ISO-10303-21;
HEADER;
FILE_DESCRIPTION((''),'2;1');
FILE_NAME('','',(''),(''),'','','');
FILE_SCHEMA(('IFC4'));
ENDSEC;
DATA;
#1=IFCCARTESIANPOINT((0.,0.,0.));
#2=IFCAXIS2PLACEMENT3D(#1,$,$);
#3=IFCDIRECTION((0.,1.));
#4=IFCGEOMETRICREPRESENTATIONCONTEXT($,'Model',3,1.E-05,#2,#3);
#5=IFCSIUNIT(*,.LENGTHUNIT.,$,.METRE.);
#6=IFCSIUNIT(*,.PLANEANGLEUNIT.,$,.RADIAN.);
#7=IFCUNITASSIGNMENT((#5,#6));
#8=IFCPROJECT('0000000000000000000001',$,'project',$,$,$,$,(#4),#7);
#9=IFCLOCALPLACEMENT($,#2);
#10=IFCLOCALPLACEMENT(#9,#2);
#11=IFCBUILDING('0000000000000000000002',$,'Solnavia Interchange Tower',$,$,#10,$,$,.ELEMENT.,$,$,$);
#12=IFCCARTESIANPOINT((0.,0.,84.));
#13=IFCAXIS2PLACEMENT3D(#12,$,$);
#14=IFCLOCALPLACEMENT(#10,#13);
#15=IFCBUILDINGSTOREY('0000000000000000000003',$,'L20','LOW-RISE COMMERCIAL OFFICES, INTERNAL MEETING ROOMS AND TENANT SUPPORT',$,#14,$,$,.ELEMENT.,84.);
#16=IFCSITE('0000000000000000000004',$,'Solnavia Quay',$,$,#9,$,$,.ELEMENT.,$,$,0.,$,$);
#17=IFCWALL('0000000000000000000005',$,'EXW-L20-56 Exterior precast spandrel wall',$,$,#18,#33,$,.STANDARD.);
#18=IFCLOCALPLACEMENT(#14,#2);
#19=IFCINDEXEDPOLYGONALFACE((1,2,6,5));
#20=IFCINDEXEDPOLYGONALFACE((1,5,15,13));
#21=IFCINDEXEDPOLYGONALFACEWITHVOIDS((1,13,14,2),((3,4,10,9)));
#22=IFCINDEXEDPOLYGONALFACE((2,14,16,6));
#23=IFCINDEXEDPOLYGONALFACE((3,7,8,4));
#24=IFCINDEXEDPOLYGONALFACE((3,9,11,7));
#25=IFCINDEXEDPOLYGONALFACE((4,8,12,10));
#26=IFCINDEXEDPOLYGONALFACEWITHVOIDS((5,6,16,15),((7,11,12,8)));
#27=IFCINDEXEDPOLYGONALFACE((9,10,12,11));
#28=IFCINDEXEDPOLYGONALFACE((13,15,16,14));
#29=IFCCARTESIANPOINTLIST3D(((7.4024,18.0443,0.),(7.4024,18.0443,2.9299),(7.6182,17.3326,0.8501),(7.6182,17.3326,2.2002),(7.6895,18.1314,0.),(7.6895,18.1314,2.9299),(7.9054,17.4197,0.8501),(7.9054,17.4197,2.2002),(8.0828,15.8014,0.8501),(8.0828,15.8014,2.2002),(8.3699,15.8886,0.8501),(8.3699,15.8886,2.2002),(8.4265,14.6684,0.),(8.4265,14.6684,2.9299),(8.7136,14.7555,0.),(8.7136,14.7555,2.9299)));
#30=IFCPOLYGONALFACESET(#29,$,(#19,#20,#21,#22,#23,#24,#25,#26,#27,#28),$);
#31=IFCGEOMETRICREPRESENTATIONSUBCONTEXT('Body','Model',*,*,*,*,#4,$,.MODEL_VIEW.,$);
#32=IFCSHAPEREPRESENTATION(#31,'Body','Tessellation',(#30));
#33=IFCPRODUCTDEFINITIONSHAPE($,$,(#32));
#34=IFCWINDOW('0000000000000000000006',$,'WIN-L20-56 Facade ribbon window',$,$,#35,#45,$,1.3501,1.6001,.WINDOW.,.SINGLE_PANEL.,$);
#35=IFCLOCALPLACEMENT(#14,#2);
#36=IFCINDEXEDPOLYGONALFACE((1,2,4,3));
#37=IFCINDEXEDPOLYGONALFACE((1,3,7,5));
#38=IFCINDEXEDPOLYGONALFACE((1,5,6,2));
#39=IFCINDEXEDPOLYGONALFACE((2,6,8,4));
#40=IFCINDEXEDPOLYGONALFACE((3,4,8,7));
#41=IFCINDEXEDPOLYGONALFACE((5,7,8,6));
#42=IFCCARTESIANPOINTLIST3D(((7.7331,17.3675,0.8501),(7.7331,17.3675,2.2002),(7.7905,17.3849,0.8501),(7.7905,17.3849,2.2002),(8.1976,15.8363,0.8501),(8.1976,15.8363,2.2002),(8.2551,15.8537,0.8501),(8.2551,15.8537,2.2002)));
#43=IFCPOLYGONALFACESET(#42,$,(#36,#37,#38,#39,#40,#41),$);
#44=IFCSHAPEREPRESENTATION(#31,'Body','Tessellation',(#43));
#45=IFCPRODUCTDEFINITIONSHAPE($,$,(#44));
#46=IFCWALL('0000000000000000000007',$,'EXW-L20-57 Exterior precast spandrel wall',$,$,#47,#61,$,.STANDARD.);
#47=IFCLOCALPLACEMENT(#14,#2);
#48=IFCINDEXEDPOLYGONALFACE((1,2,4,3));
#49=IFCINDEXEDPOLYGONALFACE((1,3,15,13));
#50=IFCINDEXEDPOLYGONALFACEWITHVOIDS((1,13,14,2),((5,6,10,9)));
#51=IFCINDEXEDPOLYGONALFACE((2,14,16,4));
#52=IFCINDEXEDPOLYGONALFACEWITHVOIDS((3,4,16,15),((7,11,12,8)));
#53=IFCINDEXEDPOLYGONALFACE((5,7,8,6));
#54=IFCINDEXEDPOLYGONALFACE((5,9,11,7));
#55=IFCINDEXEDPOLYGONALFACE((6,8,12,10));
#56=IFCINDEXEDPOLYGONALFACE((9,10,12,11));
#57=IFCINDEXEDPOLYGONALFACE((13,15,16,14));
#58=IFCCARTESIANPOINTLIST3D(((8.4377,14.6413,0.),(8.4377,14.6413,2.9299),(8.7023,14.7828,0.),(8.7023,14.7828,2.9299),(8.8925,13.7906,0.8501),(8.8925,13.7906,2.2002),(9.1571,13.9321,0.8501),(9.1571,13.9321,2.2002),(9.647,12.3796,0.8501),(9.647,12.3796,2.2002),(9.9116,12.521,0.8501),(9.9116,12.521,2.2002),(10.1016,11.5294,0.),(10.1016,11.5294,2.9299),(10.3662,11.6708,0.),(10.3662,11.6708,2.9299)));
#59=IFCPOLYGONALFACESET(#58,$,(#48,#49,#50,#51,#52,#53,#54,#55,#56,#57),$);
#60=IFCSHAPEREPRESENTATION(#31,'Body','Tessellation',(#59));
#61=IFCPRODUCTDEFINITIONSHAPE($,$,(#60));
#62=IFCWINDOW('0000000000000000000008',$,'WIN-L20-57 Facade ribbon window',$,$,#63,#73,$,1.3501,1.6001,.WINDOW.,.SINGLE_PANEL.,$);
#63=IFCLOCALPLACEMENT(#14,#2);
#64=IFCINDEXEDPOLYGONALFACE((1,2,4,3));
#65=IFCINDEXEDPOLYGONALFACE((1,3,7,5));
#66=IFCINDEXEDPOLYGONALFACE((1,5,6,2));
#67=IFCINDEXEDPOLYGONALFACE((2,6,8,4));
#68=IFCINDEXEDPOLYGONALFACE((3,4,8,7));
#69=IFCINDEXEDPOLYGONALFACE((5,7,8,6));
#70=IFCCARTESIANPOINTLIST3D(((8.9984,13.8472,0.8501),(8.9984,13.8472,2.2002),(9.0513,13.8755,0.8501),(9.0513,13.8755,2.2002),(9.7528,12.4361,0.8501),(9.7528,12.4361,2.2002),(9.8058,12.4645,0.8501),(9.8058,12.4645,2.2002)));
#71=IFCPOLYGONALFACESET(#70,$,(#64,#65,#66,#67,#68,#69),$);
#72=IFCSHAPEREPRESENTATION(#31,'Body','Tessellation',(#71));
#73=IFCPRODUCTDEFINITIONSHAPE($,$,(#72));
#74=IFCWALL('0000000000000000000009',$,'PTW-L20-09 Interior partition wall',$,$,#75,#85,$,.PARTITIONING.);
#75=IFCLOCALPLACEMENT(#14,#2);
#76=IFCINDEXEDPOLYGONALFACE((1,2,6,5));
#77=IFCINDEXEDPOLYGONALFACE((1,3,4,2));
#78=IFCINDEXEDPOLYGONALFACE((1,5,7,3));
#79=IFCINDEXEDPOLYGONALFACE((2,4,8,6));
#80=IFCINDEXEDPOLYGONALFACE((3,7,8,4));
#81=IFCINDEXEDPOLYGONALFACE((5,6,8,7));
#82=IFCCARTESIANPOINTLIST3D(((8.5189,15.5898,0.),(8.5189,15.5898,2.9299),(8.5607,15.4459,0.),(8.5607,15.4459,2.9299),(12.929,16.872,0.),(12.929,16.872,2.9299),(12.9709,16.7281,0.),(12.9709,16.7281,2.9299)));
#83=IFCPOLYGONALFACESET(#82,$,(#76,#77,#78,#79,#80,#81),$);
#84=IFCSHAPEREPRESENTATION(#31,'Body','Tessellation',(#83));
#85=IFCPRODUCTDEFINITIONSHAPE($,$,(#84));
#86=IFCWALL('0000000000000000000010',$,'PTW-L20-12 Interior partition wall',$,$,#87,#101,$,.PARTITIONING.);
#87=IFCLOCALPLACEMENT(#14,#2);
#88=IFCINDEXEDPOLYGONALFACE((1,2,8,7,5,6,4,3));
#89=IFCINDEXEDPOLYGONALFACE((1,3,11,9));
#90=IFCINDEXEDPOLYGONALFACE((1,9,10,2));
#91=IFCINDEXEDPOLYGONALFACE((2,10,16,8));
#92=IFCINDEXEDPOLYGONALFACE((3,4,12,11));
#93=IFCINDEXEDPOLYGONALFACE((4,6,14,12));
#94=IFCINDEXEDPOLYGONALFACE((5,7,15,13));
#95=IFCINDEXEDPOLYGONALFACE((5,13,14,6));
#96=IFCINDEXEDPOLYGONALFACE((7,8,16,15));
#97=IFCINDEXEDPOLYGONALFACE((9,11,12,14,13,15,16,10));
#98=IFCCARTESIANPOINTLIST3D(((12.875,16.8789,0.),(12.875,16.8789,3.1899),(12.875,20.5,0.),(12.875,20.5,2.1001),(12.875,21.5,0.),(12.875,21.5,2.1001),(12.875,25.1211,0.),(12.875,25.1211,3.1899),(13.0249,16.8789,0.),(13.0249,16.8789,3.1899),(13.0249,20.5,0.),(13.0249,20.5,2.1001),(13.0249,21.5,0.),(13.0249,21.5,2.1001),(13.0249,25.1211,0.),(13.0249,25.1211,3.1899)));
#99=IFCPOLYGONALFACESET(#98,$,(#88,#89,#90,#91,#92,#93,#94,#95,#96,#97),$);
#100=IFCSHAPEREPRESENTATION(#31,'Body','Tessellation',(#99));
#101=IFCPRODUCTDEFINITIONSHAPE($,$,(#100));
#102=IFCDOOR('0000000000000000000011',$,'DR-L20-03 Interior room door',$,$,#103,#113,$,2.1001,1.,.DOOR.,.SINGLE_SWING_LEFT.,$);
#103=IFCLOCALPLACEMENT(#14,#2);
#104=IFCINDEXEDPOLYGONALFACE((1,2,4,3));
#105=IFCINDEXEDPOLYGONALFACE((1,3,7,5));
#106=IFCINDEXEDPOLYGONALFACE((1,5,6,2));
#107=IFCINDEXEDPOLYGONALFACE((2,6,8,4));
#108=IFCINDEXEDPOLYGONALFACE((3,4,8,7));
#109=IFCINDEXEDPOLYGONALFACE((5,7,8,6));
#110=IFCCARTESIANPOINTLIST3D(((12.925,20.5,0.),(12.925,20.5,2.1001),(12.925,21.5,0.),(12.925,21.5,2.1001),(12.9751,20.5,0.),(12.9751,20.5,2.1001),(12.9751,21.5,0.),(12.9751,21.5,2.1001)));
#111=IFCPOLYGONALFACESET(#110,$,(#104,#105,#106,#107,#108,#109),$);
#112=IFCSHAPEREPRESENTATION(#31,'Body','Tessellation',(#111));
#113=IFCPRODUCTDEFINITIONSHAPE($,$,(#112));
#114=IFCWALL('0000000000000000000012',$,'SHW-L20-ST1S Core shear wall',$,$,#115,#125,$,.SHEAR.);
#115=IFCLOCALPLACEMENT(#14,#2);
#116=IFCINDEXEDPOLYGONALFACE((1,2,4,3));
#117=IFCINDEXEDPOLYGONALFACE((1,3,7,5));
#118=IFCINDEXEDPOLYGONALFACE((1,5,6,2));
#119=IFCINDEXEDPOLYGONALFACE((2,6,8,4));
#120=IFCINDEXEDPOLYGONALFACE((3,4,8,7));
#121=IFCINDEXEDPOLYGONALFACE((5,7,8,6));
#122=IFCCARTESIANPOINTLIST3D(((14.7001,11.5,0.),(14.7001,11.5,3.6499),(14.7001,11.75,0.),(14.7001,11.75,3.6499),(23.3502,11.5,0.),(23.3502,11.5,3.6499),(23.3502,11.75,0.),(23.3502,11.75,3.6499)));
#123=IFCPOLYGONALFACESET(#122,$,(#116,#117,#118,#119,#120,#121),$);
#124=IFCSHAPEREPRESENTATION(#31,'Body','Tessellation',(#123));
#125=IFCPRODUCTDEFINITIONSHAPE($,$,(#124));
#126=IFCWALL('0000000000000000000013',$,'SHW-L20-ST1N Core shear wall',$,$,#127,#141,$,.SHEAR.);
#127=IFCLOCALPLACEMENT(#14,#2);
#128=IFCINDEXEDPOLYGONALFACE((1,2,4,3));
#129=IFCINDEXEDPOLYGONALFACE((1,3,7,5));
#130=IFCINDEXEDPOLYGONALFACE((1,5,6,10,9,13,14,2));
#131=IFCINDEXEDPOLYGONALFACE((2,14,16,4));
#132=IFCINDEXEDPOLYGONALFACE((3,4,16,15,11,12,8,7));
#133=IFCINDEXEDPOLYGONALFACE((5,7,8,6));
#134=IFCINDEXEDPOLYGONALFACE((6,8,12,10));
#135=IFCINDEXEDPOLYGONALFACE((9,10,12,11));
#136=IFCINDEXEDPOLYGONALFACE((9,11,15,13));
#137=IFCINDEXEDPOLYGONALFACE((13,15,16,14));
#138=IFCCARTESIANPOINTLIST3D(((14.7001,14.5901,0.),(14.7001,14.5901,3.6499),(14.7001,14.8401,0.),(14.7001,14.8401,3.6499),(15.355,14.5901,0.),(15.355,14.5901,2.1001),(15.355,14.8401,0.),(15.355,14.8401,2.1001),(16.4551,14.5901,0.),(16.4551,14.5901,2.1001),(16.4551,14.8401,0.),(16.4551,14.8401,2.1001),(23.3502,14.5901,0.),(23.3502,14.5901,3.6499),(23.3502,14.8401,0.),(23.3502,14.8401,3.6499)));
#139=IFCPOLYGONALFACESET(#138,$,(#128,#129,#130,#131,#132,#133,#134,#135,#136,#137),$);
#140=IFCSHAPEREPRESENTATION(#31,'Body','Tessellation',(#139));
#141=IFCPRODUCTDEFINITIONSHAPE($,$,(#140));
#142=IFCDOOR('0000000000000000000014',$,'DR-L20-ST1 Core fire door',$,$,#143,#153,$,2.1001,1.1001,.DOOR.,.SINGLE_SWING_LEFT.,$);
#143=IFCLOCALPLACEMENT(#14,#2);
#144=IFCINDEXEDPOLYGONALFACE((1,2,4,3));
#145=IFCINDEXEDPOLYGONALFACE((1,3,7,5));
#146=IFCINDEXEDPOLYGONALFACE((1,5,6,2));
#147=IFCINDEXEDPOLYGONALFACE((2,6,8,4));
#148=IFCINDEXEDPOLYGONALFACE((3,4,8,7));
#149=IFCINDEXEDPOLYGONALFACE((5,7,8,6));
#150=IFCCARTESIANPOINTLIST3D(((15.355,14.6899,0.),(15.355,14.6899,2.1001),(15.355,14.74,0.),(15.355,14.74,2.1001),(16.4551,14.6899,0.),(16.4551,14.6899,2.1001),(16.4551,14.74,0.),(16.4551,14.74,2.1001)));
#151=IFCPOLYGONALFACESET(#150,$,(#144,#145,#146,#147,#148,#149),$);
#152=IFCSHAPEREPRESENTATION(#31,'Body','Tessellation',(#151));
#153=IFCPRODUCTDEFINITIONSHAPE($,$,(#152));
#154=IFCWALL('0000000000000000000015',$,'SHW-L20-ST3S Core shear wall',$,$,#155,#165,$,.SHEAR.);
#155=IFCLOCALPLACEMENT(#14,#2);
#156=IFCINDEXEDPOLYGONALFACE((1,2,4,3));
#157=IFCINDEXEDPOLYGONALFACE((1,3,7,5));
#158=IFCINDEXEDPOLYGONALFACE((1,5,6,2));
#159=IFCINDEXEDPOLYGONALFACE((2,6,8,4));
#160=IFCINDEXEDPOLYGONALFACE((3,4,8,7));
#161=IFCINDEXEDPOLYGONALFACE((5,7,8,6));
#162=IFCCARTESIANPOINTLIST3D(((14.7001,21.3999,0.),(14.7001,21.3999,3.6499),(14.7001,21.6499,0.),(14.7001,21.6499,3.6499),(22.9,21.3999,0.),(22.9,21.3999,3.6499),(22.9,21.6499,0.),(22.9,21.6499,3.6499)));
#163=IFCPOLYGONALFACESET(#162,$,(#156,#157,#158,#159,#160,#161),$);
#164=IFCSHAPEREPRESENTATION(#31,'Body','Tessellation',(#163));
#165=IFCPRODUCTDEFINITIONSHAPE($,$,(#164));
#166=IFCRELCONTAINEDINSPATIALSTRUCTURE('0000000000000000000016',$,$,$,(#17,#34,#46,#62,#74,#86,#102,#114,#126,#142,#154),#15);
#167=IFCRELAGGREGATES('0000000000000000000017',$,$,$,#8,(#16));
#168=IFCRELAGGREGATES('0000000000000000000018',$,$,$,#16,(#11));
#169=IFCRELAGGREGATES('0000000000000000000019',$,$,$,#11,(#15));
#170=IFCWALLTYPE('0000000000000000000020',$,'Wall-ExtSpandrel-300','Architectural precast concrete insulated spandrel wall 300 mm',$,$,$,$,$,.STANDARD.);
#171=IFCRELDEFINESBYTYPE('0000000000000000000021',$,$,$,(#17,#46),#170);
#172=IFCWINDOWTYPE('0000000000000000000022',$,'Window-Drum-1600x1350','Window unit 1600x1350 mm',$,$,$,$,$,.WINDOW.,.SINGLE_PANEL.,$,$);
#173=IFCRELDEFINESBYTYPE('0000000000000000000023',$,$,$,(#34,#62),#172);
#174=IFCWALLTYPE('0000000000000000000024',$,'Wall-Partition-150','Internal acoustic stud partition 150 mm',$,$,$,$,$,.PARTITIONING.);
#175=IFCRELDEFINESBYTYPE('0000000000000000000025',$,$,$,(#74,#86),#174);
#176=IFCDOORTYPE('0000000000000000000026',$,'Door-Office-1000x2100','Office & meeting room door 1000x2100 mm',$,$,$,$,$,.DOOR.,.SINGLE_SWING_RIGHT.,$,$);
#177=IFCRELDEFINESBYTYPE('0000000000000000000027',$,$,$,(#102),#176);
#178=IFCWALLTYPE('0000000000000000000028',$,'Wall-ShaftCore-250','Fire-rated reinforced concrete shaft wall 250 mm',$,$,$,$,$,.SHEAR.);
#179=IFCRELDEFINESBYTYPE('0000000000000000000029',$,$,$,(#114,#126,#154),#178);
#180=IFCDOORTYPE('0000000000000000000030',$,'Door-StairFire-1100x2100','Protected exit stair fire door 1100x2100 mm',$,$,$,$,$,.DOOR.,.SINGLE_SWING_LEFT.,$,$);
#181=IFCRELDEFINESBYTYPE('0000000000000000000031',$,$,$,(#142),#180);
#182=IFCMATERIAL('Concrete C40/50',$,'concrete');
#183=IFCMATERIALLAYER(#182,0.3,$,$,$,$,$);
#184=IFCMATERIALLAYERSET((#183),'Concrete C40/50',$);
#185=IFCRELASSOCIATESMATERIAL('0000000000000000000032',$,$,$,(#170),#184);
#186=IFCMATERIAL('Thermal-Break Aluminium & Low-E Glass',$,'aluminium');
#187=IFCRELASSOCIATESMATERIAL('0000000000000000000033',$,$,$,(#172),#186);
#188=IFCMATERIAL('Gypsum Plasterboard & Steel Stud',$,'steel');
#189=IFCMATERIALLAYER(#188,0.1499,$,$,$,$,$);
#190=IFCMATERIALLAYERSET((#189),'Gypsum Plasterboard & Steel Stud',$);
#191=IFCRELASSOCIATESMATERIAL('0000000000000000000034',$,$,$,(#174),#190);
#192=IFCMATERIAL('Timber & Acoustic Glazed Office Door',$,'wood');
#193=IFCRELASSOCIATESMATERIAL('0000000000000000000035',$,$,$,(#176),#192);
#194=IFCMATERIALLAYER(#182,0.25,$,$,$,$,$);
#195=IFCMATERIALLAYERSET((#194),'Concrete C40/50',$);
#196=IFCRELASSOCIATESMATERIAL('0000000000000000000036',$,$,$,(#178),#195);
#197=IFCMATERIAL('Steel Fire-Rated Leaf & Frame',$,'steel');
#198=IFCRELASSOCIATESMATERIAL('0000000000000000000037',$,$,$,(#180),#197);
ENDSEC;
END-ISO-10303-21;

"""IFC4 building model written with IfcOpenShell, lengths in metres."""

from ifc_helpers import new_model, si_unit, direction, frame, frame_2d, origin, place, context, subcontext, project, spatial, rectangle, extrude, material, layer, layer_set, type_object, element, fill, save


model = new_model("IFC4")

# Units and contexts
model_context = context("Model", 3, precision=1e-05, world=origin(), true_north=direction((0.0, 1.0)))
body_context = subcontext(model_context, "Body", "Model", "MODEL_VIEW")
ifc_project = project(units=[si_unit("LENGTHUNIT", "METRE"), si_unit("PLANEANGLEUNIT", "RADIAN")], contexts=[model_context])

# Site, building, storey
site_placement = place(None, origin())
site = spatial("IfcSite", under=ifc_project, at=site_placement, Name="Solnavia Quay", CompositionType="ELEMENT", RefElevation=0.0)
building_placement = place(site_placement, origin())
building = spatial("IfcBuilding", under=site, at=building_placement, Name="Solnavia Interchange Tower", CompositionType="ELEMENT")
storey_placement = place(building_placement, frame((0.0, 0.0, 84.0)))
storey = spatial("IfcBuildingStorey", under=building, at=storey_placement, Name="L20", Description="LOW-RISE COMMERCIAL OFFICES, INTERNAL MEETING ROOMS AND TENANT SUPPORT", CompositionType="ELEMENT", Elevation=84.0)

# Shared definitions
ifc_material_1 = material(Name="Concrete C40/50", Category="concrete")
ifc_layer_1 = layer(ifc_material_1, 0.3)
ifc_layer_set_1 = layer_set([ifc_layer_1], Name="Concrete C40/50")
wall_type_1 = type_object("IfcWallType", Name="Wall-ExtSpandrel-300", Description="Architectural precast concrete insulated spandrel wall 300 mm", PredefinedType="STANDARD", material=ifc_layer_set_1)

# Walls, openings, windows
ifc_material_2 = material(Name="Thermal-Break Aluminium & Low-E Glass", Category="aluminium")
window_type = type_object("IfcWindowType", Name="Window-Drum-1600x1350", Description="Window unit 1600x1350 mm", PartitioningType="SINGLE_PANEL", PredefinedType="WINDOW", material=ifc_material_2)
wall_1_placement = place(storey_placement, frame((8.5701, 14.7119, 0.0), z_axis=(0.0, 0.0, 1.0), x_axis=(-0.290305, 0.956934, 0.0)))
wall_1 = element("IfcWall", 1, at=wall_1_placement, inside=storey, type_object=wall_type_1, Name="EXW-L20-56 Exterior precast spandrel wall", PredefinedType="STANDARD", context=body_context, shape_type="SweptSolid", body=[
    extrude(rectangle(XDim=3.5278, YDim=0.3, at=frame_2d((1.7639, 0.0))), origin(), (0.0, 0.0, 1.0), 2.9299),
])
opening_1_placement = place(wall_1_placement, frame((1.1841, 0.0, 0.8501)))
opening_1 = element("IfcOpeningElement", 2, at=opening_1_placement, cuts=wall_1, PredefinedType="OPENING", context=body_context, shape_type="SweptSolid", body=[
    extrude(rectangle(XDim=1.6001, YDim=1.3501, at=frame_2d((0.8, 0.675))), frame((0.0, 0.1602, 0.0), z_axis=(0.0, -1.0, 0.0), x_axis=(1.0, 0.0, 0.0)), (0.0, 0.0, 1.0), 0.3201),
])
window_1_placement = place(opening_1_placement, origin())
window_1 = element("IfcWindow", 3, at=window_1_placement, inside=storey, type_object=window_type, Name="WIN-L20-56 Facade ribbon window", OverallHeight=1.3501, OverallWidth=1.6001, PartitioningType="SINGLE_PANEL", PredefinedType="WINDOW", context=body_context, shape_type="SweptSolid", body=[
    extrude(rectangle(XDim=1.6001, YDim=1.3501, at=frame_2d((0.8, 0.675))), frame((0.0, 0.03, 0.0), z_axis=(0.0, -1.0, 0.0), x_axis=(1.0, 0.0, 0.0)), (0.0, 0.0, 1.0), 0.0601),
])
fill(opening_1, window_1)
wall_2_placement = place(storey_placement, frame((10.2339, 11.6001, 0.0), z_axis=(0.0, 0.0, 1.0), x_axis=(-0.471511, 0.88186, 0.0)))
wall_2 = element("IfcWall", 4, at=wall_2_placement, inside=storey, type_object=wall_type_1, Name="EXW-L20-57 Exterior precast spandrel wall", PredefinedType="STANDARD", context=body_context, shape_type="SweptSolid", body=[
    extrude(rectangle(XDim=3.5288, YDim=0.3, at=frame_2d((1.7644, 0.0))), origin(), (0.0, 0.0, 1.0), 2.9299),
])
opening_2_placement = place(wall_2_placement, frame((0.9641, 0.0, 0.8501)))
opening_2 = element("IfcOpeningElement", 5, at=opening_2_placement, cuts=wall_2, PredefinedType="OPENING", context=body_context, shape_type="SweptSolid", body=[
    extrude(rectangle(XDim=1.6001, YDim=1.3501, at=frame_2d((0.8, 0.675))), frame((0.0, 0.1602, 0.0), z_axis=(0.0, -1.0, 0.0), x_axis=(1.0, 0.0, 0.0)), (0.0, 0.0, 1.0), 0.3201),
])
window_2_placement = place(opening_2_placement, origin())
window_2 = element("IfcWindow", 6, at=window_2_placement, inside=storey, type_object=window_type, Name="WIN-L20-57 Facade ribbon window", OverallHeight=1.3501, OverallWidth=1.6001, PartitioningType="SINGLE_PANEL", PredefinedType="WINDOW", context=body_context, shape_type="SweptSolid", body=[
    extrude(rectangle(XDim=1.6001, YDim=1.3501, at=frame_2d((0.8, 0.675))), frame((0.0, 0.03, 0.0), z_axis=(0.0, -1.0, 0.0), x_axis=(1.0, 0.0, 0.0)), (0.0, 0.0, 1.0), 0.0601),
])
fill(opening_2, window_2)

# Wall
ifc_material_3 = material(Name="Gypsum Plasterboard & Steel Stud", Category="steel")
ifc_layer_2 = layer(ifc_material_3, 0.1499)
ifc_layer_set_2 = layer_set([ifc_layer_2], Name="Gypsum Plasterboard & Steel Stud")
wall_type_2 = type_object("IfcWallType", Name="Wall-Partition-150", Description="Internal acoustic stud partition 150 mm", PredefinedType="PARTITIONING", material=ifc_layer_set_2)
wall_3_placement = place(storey_placement, frame((12.95, 16.8, 0.0), z_axis=(0.0, 0.0, 1.0), x_axis=(-0.960238, -0.279183, 0.0)))
element("IfcWall", 7, at=wall_3_placement, inside=storey, type_object=wall_type_2, Name="PTW-L20-09 Interior partition wall", PredefinedType="PARTITIONING", context=body_context, shape_type="SweptSolid", body=[
    extrude(rectangle(XDim=4.5928, YDim=0.1499, at=frame_2d((2.2964, 0.0))), origin(), (0.0, 0.0, 1.0), 2.9299),
])

# Wall, opening, door
wall_4_placement = place(storey_placement, frame((12.95, 16.8789, 0.0), z_axis=(0.0, 0.0, 1.0), x_axis=(0.0, 1.0, 0.0)))
wall_4 = element("IfcWall", 8, at=wall_4_placement, inside=storey, type_object=wall_type_2, Name="PTW-L20-12 Interior partition wall", PredefinedType="PARTITIONING", context=body_context, shape_type="SweptSolid", body=[
    extrude(rectangle(XDim=8.2422, YDim=0.1499, at=frame_2d((4.1211, 0.0))), origin(), (0.0, 0.0, 1.0), 3.1899),
])
opening_3_placement = place(wall_4_placement, frame((3.6211, 0.0, 0.0)))
opening_3 = element("IfcOpeningElement", 9, at=opening_3_placement, cuts=wall_4, PredefinedType="OPENING", context=body_context, shape_type="SweptSolid", body=[
    extrude(rectangle(XDim=1.0, YDim=2.1001, at=frame_2d((0.5, 1.05))), frame((0.0, 0.085, 0.0), z_axis=(0.0, -1.0, 0.0), x_axis=(1.0, 0.0, 0.0)), (0.0, 0.0, 1.0), 0.1699),
])
ifc_material_4 = material(Name="Timber & Acoustic Glazed Office Door", Category="wood")
door_type_1 = type_object("IfcDoorType", Name="Door-Office-1000x2100", Description="Office & meeting room door 1000x2100 mm", OperationType="SINGLE_SWING_RIGHT", PredefinedType="DOOR", material=ifc_material_4)
door_1_placement = place(opening_3_placement, origin())
door_1 = element("IfcDoor", 10, at=door_1_placement, inside=storey, type_object=door_type_1, Name="DR-L20-03 Interior room door", OperationType="SINGLE_SWING_LEFT", OverallHeight=2.1001, OverallWidth=1.0, PredefinedType="DOOR", context=body_context, shape_type="SweptSolid", body=[
    extrude(rectangle(XDim=1.0, YDim=2.1001, at=frame_2d((0.5, 1.05))), frame((0.0, 0.0249, 0.0), z_axis=(0.0, -1.0, 0.0), x_axis=(1.0, 0.0, 0.0)), (0.0, 0.0, 1.0), 0.05),
])
fill(opening_3, door_1)

# Wall
ifc_layer_3 = layer(ifc_material_1, 0.25)
ifc_layer_set_3 = layer_set([ifc_layer_3], Name="Concrete C40/50")
wall_type_3 = type_object("IfcWallType", Name="Wall-ShaftCore-250", Description="Fire-rated reinforced concrete shaft wall 250 mm", PredefinedType="SHEAR", material=ifc_layer_set_3)
wall_5_placement = place(storey_placement, frame((14.7, 11.625, 0.0), z_axis=(0.0, 0.0, 1.0), x_axis=(1.0, 0.0, 0.0)))
element("IfcWall", 11, at=wall_5_placement, inside=storey, type_object=wall_type_3, Name="SHW-L20-ST1S Core shear wall", PredefinedType="SHEAR", context=body_context, shape_type="SweptSolid", body=[
    extrude(rectangle(XDim=8.6501, YDim=0.25, at=frame_2d((4.3252, 0.0))), origin(), (0.0, 0.0, 1.0), 3.6499),
])

# Wall, opening, door
wall_6_placement = place(storey_placement, frame((14.7, 14.7151, 0.0), z_axis=(0.0, 0.0, 1.0), x_axis=(1.0, 0.0, 0.0)))
wall_6 = element("IfcWall", 12, at=wall_6_placement, inside=storey, type_object=wall_type_3, Name="SHW-L20-ST1N Core shear wall", PredefinedType="SHEAR", context=body_context, shape_type="SweptSolid", body=[
    extrude(rectangle(XDim=8.6501, YDim=0.25, at=frame_2d((4.3252, 0.0))), origin(), (0.0, 0.0, 1.0), 3.6499),
])
opening_4_placement = place(wall_6_placement, frame((0.655, 0.0, 0.0)))
opening_4 = element("IfcOpeningElement", 13, at=opening_4_placement, cuts=wall_6, PredefinedType="OPENING", context=body_context, shape_type="SweptSolid", body=[
    extrude(rectangle(XDim=1.1001, YDim=2.1001, at=frame_2d((0.55, 1.05))), frame((0.0, 0.135, 0.0), z_axis=(0.0, -1.0, 0.0), x_axis=(1.0, 0.0, 0.0)), (0.0, 0.0, 1.0), 0.27),
])
ifc_material_5 = material(Name="Steel Fire-Rated Leaf & Frame", Category="steel")
door_type_2 = type_object("IfcDoorType", Name="Door-StairFire-1100x2100", Description="Protected exit stair fire door 1100x2100 mm", OperationType="SINGLE_SWING_LEFT", PredefinedType="DOOR", material=ifc_material_5)
door_2_placement = place(opening_4_placement, origin())
door_2 = element("IfcDoor", 14, at=door_2_placement, inside=storey, type_object=door_type_2, Name="DR-L20-ST1 Core fire door", OperationType="SINGLE_SWING_LEFT", OverallHeight=2.1001, OverallWidth=1.1001, PredefinedType="DOOR", context=body_context, shape_type="SweptSolid", body=[
    extrude(rectangle(XDim=1.1001, YDim=2.1001, at=frame_2d((0.55, 1.05))), frame((0.0, 0.0249, 0.0), z_axis=(0.0, -1.0, 0.0), x_axis=(1.0, 0.0, 0.0)), (0.0, 0.0, 1.0), 0.05),
])
fill(opening_4, door_2)

# Wall
wall_7_placement = place(storey_placement, frame((14.7, 21.5249, 0.0), z_axis=(0.0, 0.0, 1.0), x_axis=(1.0, 0.0, 0.0)))
element("IfcWall", 15, at=wall_7_placement, inside=storey, type_object=wall_type_3, Name="SHW-L20-ST3S Core shear wall", PredefinedType="SHEAR", context=body_context, shape_type="SweptSolid", body=[
    extrude(rectangle(XDim=8.2, YDim=0.25, at=frame_2d((4.1001, 0.0))), origin(), (0.0, 0.0, 1.0), 3.6499),
])

save(model, "model.ifc")
